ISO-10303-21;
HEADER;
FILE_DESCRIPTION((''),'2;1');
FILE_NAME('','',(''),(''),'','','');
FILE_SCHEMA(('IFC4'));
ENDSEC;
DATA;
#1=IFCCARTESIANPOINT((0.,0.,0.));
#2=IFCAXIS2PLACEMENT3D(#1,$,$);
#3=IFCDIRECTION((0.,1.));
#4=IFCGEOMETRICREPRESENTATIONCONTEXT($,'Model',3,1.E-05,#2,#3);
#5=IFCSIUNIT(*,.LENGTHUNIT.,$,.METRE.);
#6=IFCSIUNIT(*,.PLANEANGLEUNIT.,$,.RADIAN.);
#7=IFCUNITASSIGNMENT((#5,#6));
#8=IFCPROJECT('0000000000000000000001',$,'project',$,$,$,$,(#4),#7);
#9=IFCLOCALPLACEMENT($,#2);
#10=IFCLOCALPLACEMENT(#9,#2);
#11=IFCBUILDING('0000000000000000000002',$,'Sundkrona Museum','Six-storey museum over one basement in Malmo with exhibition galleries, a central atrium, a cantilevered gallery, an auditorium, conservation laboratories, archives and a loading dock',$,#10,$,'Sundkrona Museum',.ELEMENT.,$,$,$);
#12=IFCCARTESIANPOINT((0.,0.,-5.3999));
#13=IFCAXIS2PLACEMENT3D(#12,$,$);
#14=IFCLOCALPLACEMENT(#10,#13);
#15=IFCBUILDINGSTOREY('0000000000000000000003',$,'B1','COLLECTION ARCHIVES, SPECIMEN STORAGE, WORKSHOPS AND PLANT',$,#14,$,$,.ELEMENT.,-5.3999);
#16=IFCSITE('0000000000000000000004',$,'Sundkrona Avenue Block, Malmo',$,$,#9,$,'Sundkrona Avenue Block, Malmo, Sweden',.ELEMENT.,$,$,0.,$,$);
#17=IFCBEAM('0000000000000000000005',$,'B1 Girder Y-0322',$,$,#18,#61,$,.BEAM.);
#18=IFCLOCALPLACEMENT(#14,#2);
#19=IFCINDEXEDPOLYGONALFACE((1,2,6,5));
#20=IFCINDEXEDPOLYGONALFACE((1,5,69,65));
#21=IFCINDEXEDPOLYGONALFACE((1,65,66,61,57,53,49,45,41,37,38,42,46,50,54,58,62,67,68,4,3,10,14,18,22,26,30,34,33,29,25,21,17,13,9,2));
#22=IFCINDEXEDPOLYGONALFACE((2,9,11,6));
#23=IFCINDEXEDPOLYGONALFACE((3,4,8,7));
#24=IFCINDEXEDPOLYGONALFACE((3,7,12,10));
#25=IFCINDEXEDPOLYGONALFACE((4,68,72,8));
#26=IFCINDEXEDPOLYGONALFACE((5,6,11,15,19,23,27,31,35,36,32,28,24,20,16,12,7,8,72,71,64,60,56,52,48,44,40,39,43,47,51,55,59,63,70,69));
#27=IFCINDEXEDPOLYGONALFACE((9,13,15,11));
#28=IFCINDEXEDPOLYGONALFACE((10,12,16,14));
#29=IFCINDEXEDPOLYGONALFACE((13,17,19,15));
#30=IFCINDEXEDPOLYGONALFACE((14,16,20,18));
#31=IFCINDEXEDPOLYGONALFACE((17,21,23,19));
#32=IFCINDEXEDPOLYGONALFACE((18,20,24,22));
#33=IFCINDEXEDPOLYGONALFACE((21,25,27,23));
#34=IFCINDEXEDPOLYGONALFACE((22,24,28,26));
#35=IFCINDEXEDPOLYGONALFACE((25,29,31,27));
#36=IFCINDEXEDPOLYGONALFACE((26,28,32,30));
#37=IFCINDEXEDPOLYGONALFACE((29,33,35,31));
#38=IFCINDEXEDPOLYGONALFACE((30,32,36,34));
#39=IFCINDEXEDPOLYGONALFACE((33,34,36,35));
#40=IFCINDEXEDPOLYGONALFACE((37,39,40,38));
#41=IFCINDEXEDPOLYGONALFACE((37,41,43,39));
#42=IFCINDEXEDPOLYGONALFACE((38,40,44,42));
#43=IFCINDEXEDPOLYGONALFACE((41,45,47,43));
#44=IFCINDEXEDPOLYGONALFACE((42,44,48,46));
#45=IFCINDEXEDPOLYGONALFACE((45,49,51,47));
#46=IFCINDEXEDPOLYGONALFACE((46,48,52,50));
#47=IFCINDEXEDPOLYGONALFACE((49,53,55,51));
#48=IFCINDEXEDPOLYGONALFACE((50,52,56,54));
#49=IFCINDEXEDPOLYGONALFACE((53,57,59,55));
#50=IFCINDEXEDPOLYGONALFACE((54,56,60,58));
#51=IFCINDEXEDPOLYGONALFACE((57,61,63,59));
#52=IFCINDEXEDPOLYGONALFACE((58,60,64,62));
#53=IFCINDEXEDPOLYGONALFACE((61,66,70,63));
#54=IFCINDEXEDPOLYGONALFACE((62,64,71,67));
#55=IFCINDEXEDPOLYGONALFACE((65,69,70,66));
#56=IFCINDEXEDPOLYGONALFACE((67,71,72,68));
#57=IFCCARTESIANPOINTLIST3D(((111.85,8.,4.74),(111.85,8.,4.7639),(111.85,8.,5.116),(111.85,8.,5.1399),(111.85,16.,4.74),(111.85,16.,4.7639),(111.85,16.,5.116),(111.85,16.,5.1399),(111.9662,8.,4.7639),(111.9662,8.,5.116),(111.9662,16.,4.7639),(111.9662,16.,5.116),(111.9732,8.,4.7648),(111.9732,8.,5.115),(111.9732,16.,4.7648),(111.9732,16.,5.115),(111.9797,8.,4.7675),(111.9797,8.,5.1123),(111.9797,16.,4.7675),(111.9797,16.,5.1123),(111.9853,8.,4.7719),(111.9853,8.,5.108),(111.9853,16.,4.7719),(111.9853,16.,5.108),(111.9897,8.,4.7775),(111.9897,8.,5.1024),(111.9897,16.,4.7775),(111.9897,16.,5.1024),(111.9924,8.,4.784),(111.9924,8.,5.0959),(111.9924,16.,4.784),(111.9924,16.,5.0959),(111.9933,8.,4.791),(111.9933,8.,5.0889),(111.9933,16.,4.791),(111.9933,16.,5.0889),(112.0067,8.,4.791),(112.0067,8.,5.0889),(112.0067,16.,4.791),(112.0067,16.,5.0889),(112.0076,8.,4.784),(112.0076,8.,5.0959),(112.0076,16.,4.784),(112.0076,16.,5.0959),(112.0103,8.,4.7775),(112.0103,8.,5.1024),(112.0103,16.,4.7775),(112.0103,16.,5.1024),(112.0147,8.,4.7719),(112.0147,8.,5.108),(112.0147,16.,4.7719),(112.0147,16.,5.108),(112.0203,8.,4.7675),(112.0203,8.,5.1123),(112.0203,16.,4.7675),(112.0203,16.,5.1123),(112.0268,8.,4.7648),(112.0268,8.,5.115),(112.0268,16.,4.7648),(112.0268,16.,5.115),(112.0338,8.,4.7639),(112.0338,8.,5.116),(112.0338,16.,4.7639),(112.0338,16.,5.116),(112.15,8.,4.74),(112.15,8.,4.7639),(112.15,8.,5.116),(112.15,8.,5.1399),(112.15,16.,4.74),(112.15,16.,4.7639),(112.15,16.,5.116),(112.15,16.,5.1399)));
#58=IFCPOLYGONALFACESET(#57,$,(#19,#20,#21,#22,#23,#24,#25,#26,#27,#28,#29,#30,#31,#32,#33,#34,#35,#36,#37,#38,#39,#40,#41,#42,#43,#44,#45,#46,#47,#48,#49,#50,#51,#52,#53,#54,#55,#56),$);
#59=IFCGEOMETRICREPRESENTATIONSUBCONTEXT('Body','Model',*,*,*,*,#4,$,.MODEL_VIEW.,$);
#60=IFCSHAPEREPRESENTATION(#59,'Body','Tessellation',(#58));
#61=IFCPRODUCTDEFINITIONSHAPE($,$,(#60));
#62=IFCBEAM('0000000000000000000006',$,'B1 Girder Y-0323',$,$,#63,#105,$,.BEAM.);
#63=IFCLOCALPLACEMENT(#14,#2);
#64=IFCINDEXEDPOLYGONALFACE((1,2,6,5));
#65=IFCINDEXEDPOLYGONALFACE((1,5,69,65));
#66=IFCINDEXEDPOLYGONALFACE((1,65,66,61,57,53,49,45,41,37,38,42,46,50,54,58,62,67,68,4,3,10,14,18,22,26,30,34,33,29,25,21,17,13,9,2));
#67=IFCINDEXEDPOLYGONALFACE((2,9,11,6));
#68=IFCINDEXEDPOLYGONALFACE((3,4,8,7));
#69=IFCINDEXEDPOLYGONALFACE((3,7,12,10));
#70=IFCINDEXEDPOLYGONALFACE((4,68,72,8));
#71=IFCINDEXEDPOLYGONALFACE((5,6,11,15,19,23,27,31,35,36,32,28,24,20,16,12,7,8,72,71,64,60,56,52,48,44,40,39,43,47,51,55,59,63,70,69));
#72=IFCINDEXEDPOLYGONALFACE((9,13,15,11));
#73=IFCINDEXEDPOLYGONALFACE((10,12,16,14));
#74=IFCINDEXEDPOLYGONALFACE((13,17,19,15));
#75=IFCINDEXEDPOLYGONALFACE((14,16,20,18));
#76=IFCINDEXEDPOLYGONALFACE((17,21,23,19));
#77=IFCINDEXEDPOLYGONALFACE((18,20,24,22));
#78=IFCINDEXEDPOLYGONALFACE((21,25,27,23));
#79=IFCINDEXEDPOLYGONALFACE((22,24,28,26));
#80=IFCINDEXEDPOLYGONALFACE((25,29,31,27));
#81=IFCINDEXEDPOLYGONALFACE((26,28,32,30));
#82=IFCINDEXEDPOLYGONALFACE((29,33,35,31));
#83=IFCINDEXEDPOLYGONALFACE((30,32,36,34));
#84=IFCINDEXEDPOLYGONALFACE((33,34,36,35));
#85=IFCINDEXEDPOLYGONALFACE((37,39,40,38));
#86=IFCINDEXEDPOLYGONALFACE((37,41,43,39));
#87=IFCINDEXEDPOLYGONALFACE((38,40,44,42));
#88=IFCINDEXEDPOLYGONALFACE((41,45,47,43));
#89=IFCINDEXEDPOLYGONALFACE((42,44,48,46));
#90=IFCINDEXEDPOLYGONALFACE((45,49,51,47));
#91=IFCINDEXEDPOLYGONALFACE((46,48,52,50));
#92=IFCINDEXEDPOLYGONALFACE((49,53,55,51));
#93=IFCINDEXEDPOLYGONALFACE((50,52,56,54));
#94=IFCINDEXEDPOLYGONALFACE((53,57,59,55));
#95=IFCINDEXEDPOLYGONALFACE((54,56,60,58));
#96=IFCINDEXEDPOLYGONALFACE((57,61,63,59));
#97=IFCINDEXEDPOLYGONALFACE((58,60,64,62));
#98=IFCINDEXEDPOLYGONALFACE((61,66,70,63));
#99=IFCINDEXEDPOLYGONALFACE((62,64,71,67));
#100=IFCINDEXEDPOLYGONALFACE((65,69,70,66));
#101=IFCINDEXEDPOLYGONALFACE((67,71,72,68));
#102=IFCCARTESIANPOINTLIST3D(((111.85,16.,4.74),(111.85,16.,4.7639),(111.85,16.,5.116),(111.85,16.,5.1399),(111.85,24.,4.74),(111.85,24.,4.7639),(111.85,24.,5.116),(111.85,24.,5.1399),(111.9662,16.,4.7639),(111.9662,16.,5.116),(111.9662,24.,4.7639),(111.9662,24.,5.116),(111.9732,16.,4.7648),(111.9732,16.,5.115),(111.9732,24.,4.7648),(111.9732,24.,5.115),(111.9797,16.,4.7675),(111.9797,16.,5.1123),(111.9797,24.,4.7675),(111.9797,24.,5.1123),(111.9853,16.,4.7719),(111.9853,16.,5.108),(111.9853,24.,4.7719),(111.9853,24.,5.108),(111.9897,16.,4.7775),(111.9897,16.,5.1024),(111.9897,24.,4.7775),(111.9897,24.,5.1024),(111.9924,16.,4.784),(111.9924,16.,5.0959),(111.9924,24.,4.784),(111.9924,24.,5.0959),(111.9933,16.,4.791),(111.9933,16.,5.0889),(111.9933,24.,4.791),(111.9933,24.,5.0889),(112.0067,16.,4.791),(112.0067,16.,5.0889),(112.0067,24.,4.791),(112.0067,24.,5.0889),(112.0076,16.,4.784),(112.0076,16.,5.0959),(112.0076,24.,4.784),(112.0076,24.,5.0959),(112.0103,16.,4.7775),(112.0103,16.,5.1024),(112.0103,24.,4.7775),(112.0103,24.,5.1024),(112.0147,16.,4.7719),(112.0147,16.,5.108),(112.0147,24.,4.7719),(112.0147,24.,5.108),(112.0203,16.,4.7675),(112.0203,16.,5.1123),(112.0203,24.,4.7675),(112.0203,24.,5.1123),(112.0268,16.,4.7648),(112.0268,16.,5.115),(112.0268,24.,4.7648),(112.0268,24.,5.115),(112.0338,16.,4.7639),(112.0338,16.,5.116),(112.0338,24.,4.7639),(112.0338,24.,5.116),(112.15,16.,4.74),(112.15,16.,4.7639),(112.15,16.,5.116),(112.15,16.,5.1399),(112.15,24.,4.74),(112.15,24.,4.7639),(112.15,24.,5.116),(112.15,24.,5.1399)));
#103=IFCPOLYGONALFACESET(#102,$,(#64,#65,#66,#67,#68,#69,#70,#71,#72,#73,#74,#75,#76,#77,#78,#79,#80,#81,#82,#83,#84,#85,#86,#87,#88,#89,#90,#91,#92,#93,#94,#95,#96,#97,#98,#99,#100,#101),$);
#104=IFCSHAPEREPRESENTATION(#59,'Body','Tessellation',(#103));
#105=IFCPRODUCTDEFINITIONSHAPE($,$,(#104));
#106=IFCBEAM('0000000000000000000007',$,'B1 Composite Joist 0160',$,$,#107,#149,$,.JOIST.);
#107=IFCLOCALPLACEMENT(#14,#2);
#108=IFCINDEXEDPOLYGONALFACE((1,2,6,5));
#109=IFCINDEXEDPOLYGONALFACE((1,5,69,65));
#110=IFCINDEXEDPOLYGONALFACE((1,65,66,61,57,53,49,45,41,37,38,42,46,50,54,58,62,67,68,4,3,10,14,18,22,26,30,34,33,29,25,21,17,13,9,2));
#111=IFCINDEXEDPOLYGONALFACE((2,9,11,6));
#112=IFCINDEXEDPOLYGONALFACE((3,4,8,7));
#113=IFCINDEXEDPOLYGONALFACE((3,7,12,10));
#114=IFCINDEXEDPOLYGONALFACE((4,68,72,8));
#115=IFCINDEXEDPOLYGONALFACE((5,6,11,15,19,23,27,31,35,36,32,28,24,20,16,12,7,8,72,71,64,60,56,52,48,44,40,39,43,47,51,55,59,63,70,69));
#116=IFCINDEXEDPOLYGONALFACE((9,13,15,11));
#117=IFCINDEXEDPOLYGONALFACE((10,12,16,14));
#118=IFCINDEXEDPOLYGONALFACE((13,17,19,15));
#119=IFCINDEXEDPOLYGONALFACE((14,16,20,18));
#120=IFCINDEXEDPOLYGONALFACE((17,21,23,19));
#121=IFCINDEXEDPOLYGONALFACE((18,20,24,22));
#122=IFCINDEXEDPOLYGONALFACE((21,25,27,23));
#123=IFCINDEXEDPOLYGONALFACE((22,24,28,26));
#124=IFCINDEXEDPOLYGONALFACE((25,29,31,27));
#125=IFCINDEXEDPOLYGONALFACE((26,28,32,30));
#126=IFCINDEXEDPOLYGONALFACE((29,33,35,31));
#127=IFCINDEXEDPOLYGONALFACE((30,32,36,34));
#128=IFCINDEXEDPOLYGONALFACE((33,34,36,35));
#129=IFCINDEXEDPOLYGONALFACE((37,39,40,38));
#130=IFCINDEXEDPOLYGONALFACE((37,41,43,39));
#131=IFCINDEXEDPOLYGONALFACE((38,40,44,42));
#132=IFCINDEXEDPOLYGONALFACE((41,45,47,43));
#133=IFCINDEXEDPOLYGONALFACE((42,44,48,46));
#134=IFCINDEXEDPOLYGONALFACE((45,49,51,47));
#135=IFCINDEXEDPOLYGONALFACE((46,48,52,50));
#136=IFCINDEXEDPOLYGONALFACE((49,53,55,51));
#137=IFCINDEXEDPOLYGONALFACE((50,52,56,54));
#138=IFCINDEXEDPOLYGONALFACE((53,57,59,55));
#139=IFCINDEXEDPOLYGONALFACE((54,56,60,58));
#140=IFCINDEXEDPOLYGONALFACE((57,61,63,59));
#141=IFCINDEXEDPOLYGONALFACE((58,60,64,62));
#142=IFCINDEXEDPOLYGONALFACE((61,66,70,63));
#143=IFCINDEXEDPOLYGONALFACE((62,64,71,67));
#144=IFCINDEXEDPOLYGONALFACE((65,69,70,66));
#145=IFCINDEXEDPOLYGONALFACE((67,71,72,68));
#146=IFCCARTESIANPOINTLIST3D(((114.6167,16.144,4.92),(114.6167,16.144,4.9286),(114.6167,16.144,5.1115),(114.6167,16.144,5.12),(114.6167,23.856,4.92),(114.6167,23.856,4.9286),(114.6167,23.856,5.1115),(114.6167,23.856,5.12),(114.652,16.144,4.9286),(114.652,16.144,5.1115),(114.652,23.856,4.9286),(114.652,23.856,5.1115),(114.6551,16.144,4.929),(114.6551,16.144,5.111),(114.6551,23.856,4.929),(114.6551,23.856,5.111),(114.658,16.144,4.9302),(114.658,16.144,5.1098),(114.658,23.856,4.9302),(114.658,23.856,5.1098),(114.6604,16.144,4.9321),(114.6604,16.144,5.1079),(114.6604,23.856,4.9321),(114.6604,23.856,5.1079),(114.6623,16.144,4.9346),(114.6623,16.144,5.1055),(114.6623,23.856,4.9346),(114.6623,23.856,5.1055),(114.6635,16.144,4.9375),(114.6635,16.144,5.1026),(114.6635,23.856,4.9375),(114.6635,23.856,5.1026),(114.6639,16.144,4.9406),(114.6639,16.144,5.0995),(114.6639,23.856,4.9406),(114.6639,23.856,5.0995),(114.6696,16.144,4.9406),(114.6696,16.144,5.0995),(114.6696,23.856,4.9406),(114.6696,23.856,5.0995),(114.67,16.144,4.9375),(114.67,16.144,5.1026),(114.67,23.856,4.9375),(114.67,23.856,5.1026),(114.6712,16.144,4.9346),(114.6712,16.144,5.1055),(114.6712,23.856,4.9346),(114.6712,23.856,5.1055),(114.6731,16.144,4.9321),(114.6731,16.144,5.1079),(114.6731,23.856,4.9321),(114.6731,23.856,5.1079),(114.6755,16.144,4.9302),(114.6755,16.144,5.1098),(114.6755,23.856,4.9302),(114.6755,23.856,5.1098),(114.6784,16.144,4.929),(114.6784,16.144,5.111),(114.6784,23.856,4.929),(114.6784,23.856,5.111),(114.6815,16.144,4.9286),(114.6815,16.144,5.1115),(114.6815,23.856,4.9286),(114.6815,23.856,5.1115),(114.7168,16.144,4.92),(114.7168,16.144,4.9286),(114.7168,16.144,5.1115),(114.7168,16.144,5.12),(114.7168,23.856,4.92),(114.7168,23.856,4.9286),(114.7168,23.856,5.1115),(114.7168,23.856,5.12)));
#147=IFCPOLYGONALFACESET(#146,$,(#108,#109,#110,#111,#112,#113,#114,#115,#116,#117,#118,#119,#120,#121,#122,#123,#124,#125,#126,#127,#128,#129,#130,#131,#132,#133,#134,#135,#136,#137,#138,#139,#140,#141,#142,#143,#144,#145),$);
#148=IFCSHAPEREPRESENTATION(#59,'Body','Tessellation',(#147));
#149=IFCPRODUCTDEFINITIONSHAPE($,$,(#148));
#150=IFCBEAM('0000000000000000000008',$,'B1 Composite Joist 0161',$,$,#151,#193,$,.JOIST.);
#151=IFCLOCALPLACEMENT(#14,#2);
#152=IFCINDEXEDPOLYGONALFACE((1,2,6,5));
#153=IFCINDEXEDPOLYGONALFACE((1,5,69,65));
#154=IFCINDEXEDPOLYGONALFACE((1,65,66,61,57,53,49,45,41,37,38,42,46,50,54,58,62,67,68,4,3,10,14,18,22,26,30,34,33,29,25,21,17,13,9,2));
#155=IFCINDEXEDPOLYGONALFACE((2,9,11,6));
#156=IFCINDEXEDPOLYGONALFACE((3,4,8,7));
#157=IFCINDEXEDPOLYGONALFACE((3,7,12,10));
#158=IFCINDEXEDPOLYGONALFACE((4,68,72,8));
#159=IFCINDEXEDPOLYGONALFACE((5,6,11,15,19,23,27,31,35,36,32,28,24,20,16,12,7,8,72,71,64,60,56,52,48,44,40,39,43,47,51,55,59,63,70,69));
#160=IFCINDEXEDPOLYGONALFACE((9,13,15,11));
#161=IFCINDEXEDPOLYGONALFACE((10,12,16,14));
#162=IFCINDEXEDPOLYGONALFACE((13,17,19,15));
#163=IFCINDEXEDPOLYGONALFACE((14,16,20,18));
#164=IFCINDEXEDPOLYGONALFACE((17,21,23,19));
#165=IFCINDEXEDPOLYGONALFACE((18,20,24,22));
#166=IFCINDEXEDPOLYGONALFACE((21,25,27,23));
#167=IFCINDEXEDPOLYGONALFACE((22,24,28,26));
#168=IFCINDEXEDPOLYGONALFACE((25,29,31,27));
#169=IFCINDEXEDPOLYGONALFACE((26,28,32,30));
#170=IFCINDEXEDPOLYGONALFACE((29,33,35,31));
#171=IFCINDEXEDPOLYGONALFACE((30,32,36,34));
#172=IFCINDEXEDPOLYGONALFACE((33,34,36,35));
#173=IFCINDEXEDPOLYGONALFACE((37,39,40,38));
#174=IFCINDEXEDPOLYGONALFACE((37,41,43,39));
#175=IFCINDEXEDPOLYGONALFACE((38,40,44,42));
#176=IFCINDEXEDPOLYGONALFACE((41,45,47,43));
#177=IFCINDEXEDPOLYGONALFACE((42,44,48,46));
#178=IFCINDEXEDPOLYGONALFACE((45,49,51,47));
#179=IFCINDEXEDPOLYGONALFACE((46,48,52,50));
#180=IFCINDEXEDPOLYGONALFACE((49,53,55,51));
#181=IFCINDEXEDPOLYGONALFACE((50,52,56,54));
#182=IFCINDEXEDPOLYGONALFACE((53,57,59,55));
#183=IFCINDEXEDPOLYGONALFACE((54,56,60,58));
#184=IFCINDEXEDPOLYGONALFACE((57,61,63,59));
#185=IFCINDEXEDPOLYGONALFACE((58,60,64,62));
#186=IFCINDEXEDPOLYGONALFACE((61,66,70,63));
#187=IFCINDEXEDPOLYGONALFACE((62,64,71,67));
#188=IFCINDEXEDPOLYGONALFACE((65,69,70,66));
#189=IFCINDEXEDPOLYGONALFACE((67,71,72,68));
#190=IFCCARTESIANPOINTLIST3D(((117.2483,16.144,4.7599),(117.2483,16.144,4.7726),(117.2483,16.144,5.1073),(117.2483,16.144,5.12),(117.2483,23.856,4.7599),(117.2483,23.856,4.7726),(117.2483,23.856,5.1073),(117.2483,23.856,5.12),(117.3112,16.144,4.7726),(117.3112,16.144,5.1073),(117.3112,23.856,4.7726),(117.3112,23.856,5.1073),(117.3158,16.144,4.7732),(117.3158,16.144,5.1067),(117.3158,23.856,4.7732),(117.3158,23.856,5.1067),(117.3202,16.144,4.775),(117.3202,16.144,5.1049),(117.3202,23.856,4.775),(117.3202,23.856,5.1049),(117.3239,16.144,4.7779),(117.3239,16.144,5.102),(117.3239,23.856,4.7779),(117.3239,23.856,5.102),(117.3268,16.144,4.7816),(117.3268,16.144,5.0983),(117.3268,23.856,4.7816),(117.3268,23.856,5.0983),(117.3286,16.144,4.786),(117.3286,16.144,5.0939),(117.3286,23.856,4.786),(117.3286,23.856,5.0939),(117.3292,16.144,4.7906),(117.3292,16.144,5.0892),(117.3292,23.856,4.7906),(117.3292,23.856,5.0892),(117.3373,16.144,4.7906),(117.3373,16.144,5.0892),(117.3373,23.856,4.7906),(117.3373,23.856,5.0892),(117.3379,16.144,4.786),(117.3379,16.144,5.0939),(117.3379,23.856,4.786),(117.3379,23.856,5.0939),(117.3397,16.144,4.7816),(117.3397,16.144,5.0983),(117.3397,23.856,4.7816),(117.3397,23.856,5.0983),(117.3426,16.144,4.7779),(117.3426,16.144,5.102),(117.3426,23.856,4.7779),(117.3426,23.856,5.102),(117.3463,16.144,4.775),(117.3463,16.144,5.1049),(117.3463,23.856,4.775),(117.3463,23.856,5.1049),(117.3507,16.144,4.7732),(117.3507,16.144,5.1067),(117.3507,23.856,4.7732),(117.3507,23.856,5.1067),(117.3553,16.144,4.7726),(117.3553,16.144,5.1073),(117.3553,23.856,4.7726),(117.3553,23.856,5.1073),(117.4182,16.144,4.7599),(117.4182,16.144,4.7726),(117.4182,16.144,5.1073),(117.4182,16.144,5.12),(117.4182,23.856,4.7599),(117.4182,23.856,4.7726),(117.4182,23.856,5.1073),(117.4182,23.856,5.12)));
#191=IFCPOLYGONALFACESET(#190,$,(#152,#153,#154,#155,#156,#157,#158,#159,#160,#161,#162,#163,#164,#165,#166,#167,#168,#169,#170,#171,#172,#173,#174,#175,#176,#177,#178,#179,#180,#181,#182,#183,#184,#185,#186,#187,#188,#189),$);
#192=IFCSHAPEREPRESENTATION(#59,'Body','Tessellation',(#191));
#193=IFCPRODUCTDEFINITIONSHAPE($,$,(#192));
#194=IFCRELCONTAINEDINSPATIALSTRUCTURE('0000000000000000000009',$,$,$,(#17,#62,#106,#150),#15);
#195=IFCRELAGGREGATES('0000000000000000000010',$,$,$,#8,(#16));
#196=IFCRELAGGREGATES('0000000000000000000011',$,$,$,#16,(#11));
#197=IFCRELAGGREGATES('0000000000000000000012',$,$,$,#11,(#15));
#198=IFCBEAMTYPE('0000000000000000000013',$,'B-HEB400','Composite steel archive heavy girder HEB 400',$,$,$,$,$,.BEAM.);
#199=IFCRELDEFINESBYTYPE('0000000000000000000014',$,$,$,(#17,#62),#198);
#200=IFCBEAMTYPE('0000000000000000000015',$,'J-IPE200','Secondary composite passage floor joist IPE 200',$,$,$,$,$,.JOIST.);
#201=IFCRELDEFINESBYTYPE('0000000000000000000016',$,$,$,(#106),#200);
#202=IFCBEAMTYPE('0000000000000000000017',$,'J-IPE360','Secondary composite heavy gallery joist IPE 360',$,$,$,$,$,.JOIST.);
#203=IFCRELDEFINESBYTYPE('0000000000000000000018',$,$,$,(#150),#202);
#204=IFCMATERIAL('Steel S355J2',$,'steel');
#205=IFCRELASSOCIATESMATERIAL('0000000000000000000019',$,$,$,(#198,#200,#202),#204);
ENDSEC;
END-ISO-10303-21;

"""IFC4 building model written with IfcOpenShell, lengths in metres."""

from ifc_helpers import new_model, si_unit, direction, frame, origin, origin_2d, place, context, subcontext, project, spatial, i_section, extrude, material, material_profile, profile_set, type_object, element, save


model = new_model("IFC4")

# Units and contexts
model_context = context("Model", 3, precision=1e-05, world=origin(), true_north=direction((0.0, 1.0)))
body_context = subcontext(model_context, "Body", "Model", "MODEL_VIEW")
ifc_project = project(units=[si_unit("LENGTHUNIT", "METRE"), si_unit("PLANEANGLEUNIT", "RADIAN")], contexts=[model_context])

# Site, building, storey
site_placement = place(None, origin())
site = spatial("IfcSite", under=ifc_project, at=site_placement, Name="Sundkrona Avenue Block, Malmo", LongName="Sundkrona Avenue Block, Malmo, Sweden", CompositionType="ELEMENT", RefElevation=0.0)
building_placement = place(site_placement, origin())
building = spatial("IfcBuilding", under=site, at=building_placement, Name="Sundkrona Museum", Description="Six-storey museum over one basement in Malmo with exhibition galleries, a central atrium, a cantilevered gallery, an auditorium, conservation laboratories, archives and a loading dock", LongName="Sundkrona Museum", CompositionType="ELEMENT")
storey_placement = place(building_placement, frame((0.0, 0.0, -5.3999)))
storey = spatial("IfcBuildingStorey", under=building, at=storey_placement, Name="B1", Description="COLLECTION ARCHIVES, SPECIMEN STORAGE, WORKSHOPS AND PLANT", CompositionType="ELEMENT", Elevation=-5.3999)

# Shared definitions
ifc_material_1 = material(Name="Steel S355J2", Category="steel")

# Beams
ifc_material_profile_1 = material_profile(ifc_material_1, i_section(OverallWidth=0.3, OverallDepth=0.3999, WebThickness=0.0134, FlangeThickness=0.0239, FilletRadius=0.0271, at=origin_2d()), Name="HEB 400")
ifc_profile_set_1 = profile_set([ifc_material_profile_1], Name="Steel S355J2")
beam_type_1 = type_object("IfcBeamType", Name="B-HEB400", Description="Composite steel archive heavy girder HEB 400", PredefinedType="BEAM", material=ifc_profile_set_1)
for number, where, z_axis, x_axis, name in (
    (1, (112.0, 8.0, 4.9399), (0.0, 1.0, 0.0), (-1.0, 0.0, 0.0), "B1 Girder Y-0322"),
    (2, (112.0, 16.0, 4.9399), (0.0, 1.0, 0.0), (-1.0, 0.0, 0.0), "B1 Girder Y-0323"),
):
    element("IfcBeam", number, at=place(storey_placement, frame(where, z_axis=z_axis, x_axis=x_axis)), inside=storey, type_object=beam_type_1, Name=name, PredefinedType="BEAM", context=body_context, shape_type="SweptSolid", body=[
        extrude(i_section(OverallWidth=0.3, OverallDepth=0.3999, WebThickness=0.0134, FlangeThickness=0.0239, FilletRadius=0.0271, at=origin_2d()), origin(), (0.0, 0.0, 1.0), 8.0),
    ])
ifc_material_profile_2 = material_profile(ifc_material_1, i_section(OverallWidth=0.1001, OverallDepth=0.2, WebThickness=0.0056, FlangeThickness=0.0085, FilletRadius=0.012, at=origin_2d()), Name="IPE 200")
ifc_profile_set_2 = profile_set([ifc_material_profile_2], Name="Steel S355J2")
beam_type_2 = type_object("IfcBeamType", Name="J-IPE200", Description="Secondary composite passage floor joist IPE 200", PredefinedType="JOIST", material=ifc_profile_set_2)
beam_1_placement = place(storey_placement, frame((114.6667, 16.144, 5.02), z_axis=(0.0, 1.0, 0.0), x_axis=(-1.0, 0.0, 0.0)))
element("IfcBeam", 3, at=beam_1_placement, inside=storey, type_object=beam_type_2, Name="B1 Composite Joist 0160", PredefinedType="JOIST", context=body_context, shape_type="SweptSolid", body=[
    extrude(i_section(OverallWidth=0.1001, OverallDepth=0.2, WebThickness=0.0056, FlangeThickness=0.0085, FilletRadius=0.012, at=origin_2d()), origin(), (0.0, 0.0, 1.0), 7.7119),
])
ifc_material_profile_3 = material_profile(ifc_material_1, i_section(OverallWidth=0.1699, OverallDepth=0.3601, WebThickness=0.0081, FlangeThickness=0.0127, FilletRadius=0.0181, at=origin_2d()), Name="IPE 360")
ifc_profile_set_3 = profile_set([ifc_material_profile_3], Name="Steel S355J2")
beam_type_3 = type_object("IfcBeamType", Name="J-IPE360", Description="Secondary composite heavy gallery joist IPE 360", PredefinedType="JOIST", material=ifc_profile_set_3)
beam_2_placement = place(storey_placement, frame((117.3333, 16.144, 4.9399), z_axis=(0.0, 1.0, 0.0), x_axis=(-1.0, 0.0, 0.0)))
element("IfcBeam", 4, at=beam_2_placement, inside=storey, type_object=beam_type_3, Name="B1 Composite Joist 0161", PredefinedType="JOIST", context=body_context, shape_type="SweptSolid", body=[
    extrude(i_section(OverallWidth=0.1699, OverallDepth=0.3601, WebThickness=0.0081, FlangeThickness=0.0127, FilletRadius=0.0181, at=origin_2d()), origin(), (0.0, 0.0, 1.0), 7.7119),
])

save(model, "model.ifc")
